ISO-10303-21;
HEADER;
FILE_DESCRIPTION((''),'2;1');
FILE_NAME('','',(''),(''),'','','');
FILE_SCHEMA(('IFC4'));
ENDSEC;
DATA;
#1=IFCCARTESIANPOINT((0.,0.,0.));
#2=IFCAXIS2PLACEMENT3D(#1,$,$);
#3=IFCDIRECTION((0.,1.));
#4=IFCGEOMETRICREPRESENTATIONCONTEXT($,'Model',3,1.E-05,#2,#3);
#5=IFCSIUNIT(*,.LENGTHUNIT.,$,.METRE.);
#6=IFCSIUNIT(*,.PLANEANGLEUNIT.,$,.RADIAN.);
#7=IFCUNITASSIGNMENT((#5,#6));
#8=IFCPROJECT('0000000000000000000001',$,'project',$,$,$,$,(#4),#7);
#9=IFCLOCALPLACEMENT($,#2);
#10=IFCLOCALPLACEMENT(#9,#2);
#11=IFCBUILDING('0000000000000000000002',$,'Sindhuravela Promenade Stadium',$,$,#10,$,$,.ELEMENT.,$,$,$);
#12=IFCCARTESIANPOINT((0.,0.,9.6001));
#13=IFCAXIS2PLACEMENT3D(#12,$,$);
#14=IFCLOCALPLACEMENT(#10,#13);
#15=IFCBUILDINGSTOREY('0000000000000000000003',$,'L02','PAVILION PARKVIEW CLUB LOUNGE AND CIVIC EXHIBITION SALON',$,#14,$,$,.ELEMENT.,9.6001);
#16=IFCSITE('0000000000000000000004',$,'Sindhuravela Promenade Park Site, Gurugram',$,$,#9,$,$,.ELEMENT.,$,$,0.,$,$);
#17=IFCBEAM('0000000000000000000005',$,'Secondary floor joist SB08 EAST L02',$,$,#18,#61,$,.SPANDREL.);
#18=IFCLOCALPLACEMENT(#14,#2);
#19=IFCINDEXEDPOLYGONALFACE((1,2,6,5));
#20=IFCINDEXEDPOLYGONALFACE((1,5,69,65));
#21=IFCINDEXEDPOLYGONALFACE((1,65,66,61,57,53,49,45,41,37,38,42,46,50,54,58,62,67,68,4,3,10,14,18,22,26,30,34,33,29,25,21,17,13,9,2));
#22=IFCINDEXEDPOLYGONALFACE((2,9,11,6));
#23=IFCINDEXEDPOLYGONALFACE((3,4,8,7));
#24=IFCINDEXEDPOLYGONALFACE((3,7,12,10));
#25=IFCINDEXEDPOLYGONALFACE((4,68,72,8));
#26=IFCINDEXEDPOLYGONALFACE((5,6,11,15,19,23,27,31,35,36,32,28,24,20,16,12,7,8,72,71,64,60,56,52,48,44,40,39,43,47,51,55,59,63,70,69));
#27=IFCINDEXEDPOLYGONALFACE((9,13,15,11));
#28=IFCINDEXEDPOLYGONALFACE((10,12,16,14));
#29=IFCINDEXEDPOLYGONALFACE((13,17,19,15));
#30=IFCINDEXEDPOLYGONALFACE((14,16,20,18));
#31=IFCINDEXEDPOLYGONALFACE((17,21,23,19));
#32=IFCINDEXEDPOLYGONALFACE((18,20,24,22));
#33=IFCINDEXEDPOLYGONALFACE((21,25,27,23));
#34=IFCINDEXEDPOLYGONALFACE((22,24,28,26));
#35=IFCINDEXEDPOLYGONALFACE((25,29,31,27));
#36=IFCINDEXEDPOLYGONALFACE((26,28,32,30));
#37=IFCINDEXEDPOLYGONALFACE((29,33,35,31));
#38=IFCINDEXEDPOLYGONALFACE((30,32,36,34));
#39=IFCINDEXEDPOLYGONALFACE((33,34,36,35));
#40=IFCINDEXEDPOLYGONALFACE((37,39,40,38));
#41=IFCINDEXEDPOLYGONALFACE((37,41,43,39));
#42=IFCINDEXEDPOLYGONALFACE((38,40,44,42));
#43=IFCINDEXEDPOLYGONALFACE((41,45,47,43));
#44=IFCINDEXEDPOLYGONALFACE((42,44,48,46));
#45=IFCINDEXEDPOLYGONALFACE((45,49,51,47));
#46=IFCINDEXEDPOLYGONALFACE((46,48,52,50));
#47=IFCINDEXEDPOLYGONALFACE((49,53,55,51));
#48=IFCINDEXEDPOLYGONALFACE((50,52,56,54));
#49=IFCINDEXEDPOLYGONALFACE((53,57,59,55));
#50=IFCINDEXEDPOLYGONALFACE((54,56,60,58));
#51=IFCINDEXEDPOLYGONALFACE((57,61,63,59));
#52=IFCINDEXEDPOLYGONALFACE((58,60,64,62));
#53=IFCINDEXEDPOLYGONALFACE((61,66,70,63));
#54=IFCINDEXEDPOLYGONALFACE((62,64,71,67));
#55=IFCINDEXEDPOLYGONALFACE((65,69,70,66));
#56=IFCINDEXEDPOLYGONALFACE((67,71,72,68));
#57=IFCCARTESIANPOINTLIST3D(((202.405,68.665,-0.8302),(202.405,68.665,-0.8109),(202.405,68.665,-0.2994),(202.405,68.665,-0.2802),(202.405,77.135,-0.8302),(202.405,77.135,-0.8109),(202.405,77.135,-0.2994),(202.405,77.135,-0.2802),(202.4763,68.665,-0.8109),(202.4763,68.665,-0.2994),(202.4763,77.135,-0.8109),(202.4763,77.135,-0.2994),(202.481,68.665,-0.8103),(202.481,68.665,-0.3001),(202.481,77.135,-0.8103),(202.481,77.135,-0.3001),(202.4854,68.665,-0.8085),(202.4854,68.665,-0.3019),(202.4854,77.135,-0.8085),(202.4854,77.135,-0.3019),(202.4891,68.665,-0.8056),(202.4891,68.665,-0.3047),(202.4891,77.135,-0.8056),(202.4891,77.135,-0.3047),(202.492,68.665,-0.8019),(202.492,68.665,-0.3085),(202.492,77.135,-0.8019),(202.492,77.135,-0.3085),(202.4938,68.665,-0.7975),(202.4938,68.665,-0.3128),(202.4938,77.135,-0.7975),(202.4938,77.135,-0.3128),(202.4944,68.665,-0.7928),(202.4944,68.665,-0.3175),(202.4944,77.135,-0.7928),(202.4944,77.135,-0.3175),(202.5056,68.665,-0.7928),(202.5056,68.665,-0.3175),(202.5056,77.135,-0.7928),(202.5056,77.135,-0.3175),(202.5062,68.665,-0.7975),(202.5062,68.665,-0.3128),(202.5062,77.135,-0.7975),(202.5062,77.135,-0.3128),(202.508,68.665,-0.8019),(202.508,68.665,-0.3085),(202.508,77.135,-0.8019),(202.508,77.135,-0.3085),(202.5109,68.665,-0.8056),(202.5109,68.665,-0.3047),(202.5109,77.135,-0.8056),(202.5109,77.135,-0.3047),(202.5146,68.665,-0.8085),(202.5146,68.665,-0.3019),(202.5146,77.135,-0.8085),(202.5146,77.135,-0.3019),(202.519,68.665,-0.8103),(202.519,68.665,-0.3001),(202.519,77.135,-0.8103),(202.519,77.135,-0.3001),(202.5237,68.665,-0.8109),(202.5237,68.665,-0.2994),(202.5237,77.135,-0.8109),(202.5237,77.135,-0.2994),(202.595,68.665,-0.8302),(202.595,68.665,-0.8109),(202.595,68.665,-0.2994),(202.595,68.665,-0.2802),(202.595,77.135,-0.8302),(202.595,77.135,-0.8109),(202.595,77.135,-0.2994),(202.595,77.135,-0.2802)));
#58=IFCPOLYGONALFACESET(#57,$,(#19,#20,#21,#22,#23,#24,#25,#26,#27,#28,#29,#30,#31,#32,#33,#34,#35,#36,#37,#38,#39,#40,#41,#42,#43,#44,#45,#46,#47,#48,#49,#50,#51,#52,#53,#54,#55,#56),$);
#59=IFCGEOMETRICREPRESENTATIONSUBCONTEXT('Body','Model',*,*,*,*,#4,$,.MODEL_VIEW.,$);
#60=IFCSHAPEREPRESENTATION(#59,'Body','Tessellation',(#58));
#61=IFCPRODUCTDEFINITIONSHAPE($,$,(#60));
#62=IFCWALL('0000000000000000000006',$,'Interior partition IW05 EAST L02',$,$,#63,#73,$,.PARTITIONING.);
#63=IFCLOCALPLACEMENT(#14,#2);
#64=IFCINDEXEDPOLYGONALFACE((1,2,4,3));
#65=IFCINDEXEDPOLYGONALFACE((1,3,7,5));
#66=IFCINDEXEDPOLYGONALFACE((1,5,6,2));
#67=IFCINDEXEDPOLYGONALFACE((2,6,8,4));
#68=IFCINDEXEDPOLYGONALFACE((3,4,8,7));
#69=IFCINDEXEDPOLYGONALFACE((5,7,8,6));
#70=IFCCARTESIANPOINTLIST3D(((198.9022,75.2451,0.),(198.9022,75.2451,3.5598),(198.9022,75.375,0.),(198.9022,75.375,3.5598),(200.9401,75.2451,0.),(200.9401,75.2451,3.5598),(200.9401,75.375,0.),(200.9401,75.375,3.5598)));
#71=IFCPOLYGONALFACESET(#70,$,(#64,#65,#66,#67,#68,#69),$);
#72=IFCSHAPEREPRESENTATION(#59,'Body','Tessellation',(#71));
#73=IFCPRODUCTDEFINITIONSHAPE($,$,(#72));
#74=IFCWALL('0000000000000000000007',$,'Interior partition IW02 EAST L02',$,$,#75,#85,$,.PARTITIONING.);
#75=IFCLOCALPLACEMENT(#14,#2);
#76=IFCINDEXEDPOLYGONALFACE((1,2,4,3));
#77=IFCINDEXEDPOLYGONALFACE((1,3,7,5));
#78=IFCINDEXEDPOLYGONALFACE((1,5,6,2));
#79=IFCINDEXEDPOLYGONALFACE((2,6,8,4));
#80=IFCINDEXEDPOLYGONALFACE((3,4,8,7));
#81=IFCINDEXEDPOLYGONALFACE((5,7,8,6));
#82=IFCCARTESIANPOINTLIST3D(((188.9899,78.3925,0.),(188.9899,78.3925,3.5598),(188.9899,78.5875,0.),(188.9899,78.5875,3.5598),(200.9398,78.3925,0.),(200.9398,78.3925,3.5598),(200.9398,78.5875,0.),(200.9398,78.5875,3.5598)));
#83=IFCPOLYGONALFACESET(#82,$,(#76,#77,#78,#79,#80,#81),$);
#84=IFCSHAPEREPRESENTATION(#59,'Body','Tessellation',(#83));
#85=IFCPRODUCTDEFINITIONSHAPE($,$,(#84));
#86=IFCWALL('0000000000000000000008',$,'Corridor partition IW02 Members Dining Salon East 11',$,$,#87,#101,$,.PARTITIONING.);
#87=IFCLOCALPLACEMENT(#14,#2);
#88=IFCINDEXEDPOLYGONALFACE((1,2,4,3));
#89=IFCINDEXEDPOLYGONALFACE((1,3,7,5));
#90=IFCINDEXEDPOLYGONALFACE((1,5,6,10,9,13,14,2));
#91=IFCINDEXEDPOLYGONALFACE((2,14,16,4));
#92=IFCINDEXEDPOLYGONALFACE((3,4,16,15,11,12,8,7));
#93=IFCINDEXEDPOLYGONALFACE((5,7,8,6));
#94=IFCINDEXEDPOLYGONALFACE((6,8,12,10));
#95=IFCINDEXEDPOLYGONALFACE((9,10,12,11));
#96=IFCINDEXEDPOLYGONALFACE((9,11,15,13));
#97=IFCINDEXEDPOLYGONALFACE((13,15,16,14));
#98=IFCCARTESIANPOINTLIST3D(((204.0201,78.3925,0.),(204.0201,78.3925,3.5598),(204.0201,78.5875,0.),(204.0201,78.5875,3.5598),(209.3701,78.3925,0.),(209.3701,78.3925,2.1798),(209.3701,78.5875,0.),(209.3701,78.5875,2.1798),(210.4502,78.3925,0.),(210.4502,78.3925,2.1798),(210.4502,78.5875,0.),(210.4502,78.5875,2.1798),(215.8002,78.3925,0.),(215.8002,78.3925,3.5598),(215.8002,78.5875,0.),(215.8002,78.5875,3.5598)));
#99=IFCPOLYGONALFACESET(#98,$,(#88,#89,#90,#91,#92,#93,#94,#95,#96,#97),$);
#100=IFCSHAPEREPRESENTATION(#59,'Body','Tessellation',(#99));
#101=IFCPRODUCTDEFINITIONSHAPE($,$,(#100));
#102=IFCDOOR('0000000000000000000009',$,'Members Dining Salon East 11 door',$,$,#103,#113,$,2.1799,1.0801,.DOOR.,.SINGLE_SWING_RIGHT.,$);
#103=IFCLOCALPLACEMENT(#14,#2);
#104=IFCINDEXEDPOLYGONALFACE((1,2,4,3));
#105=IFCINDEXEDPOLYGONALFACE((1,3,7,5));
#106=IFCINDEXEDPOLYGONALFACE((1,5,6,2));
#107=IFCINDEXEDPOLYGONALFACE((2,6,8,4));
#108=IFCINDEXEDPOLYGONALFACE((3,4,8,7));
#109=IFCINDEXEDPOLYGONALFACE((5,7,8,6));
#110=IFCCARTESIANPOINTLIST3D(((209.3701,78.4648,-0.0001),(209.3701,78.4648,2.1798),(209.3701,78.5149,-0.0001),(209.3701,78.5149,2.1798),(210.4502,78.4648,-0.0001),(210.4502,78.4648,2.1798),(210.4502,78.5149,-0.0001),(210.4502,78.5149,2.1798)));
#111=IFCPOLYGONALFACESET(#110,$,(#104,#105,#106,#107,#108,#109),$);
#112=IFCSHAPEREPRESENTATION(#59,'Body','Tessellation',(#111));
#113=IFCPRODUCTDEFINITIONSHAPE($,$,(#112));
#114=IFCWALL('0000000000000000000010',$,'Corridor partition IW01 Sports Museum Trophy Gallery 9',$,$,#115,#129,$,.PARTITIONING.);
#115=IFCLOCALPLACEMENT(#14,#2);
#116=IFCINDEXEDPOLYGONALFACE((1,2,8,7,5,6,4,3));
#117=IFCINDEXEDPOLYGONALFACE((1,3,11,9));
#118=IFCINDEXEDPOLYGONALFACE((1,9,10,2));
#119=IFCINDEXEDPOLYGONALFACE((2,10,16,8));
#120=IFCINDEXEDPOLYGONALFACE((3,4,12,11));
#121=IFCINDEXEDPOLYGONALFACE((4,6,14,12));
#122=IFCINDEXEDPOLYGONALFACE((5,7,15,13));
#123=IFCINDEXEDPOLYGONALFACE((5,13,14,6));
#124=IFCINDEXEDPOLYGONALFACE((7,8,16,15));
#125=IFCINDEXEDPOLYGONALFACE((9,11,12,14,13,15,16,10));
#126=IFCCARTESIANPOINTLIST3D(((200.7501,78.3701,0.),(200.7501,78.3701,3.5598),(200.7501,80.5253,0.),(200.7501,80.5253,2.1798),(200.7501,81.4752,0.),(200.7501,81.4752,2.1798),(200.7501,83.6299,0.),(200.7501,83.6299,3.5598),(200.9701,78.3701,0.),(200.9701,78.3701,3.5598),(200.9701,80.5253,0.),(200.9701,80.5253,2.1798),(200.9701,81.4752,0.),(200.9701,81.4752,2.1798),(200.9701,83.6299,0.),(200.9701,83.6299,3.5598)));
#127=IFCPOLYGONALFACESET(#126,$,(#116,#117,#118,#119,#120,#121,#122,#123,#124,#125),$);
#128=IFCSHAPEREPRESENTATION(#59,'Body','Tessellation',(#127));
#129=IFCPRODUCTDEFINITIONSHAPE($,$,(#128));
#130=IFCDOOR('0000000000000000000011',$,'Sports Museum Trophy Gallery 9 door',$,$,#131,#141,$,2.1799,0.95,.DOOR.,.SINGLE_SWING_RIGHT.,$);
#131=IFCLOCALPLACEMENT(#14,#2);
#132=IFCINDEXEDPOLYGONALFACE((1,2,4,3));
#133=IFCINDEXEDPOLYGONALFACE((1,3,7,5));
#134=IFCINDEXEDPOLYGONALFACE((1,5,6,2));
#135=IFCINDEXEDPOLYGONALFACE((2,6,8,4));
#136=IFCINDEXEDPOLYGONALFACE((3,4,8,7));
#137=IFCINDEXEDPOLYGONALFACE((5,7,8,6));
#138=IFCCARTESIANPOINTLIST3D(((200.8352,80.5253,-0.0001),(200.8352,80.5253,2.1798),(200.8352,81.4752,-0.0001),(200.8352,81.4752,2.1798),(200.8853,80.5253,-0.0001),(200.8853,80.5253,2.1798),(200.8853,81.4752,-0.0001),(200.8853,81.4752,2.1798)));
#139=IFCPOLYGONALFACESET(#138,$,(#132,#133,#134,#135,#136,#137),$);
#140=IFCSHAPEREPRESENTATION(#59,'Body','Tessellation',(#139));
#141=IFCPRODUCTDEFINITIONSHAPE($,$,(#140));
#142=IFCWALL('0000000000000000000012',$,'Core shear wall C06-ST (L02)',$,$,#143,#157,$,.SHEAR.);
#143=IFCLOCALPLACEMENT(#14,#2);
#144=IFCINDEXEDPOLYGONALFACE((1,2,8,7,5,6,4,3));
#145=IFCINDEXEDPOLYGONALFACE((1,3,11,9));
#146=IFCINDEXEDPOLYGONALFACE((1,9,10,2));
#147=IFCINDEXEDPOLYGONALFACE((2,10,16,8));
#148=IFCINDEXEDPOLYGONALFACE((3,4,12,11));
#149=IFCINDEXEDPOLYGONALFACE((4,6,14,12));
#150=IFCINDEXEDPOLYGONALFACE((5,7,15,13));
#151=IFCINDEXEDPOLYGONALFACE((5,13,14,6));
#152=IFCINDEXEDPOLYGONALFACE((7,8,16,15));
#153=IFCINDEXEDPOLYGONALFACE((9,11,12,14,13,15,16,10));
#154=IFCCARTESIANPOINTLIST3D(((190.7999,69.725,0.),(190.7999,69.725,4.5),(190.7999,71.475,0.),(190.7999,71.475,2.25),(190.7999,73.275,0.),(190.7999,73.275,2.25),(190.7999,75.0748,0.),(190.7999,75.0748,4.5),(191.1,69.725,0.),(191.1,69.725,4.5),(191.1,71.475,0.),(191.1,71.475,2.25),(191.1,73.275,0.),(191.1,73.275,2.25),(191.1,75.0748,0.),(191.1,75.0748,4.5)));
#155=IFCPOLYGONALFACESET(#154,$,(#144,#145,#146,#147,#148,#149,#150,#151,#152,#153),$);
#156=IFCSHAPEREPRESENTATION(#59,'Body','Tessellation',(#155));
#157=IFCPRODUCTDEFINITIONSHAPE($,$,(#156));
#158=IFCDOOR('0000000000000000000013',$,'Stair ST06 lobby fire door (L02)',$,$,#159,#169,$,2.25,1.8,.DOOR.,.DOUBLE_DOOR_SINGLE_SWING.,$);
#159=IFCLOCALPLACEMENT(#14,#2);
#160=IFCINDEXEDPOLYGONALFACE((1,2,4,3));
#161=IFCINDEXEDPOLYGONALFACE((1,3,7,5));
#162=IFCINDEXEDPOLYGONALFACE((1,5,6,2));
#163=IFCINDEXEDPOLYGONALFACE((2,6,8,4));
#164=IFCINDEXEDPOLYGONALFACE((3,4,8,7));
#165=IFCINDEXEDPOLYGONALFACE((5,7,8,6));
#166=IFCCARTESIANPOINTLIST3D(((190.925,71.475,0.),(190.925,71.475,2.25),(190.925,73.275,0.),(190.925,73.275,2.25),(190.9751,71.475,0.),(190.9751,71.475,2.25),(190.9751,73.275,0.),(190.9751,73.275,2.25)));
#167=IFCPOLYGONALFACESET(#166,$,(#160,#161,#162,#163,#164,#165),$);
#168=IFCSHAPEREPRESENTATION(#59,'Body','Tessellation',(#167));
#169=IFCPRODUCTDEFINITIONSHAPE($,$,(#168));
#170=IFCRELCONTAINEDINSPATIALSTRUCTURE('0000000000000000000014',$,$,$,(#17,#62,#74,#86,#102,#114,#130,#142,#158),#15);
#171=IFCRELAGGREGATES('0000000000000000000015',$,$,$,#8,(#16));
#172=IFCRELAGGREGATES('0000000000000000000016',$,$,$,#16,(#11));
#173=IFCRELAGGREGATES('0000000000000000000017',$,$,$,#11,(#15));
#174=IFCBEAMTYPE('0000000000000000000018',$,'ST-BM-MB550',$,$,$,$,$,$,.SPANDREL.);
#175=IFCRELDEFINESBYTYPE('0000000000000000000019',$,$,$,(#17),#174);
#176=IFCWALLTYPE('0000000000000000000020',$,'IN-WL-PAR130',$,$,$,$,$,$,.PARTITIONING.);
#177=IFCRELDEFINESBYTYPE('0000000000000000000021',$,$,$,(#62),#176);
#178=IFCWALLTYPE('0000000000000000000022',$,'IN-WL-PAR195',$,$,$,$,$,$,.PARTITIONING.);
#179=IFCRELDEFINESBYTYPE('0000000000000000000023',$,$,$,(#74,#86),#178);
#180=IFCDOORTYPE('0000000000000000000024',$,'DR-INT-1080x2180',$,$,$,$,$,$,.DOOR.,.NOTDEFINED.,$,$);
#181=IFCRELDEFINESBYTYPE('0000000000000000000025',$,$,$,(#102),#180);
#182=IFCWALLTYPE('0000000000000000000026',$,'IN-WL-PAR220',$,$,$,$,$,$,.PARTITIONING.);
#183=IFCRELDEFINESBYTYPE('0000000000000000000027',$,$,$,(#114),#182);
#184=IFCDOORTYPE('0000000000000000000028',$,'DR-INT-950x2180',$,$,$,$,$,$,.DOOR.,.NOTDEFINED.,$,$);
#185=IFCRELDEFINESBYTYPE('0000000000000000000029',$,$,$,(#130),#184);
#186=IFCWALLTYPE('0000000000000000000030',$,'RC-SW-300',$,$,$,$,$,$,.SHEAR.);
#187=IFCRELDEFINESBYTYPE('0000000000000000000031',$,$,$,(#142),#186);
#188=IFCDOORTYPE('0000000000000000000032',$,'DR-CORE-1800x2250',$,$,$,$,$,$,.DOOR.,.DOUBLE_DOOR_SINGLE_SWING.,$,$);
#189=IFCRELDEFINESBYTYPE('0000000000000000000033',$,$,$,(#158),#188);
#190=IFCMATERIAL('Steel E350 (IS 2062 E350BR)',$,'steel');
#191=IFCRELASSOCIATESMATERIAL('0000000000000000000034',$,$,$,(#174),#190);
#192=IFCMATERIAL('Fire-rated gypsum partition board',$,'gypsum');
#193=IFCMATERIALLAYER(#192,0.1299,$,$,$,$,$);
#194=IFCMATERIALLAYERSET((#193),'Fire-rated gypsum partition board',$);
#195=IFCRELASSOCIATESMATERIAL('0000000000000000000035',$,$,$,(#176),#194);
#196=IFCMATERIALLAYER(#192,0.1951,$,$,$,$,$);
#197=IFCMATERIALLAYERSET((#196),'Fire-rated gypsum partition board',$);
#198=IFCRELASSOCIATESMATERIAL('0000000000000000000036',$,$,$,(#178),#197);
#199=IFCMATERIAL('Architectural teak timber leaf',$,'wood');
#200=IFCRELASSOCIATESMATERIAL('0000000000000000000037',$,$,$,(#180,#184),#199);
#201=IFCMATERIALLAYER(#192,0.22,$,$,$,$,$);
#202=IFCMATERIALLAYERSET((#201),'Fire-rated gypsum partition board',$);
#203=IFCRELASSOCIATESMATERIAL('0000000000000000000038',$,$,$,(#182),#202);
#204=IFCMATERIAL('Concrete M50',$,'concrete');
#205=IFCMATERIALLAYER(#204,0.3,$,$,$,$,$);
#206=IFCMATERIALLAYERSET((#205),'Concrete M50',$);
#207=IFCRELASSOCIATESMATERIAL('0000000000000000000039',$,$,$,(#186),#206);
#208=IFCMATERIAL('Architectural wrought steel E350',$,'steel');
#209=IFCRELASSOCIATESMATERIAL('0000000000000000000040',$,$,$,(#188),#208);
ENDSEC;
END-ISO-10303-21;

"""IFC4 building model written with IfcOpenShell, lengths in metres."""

from ifc_helpers import new_model, si_unit, direction, frame, frame_2d, origin, origin_2d, place, context, subcontext, project, spatial, rectangle, i_section, extrude, material, layer, layer_set, material_profile, profile_set, type_object, element, fill, save


model = new_model("IFC4")

# Units and contexts
model_context = context("Model", 3, precision=1e-05, world=origin(), true_north=direction((0.0, 1.0)))
body_context = subcontext(model_context, "Body", "Model", "MODEL_VIEW")
ifc_project = project(units=[si_unit("LENGTHUNIT", "METRE"), si_unit("PLANEANGLEUNIT", "RADIAN")], contexts=[model_context])

# Site, building, storey
site_placement = place(None, origin())
site = spatial("IfcSite", under=ifc_project, at=site_placement, Name="Sindhuravela Promenade Park Site, Gurugram", CompositionType="ELEMENT", RefElevation=0.0)
building_placement = place(site_placement, origin())
building = spatial("IfcBuilding", under=site, at=building_placement, Name="Sindhuravela Promenade Stadium", CompositionType="ELEMENT")
storey_placement = place(building_placement, frame((0.0, 0.0, 9.6001)))
storey = spatial("IfcBuildingStorey", under=building, at=storey_placement, Name="L02", Description="PAVILION PARKVIEW CLUB LOUNGE AND CIVIC EXHIBITION SALON", CompositionType="ELEMENT", Elevation=9.6001)

# Beam
ifc_material_1 = material(Name="Steel E350 (IS 2062 E350BR)", Category="steel")
ifc_material_profile_1 = material_profile(ifc_material_1, i_section(OverallWidth=0.1899, OverallDepth=0.55, WebThickness=0.0112, FlangeThickness=0.0193, FilletRadius=0.0181, at=origin_2d()), Name="ISMB 550")
ifc_profile_set_1 = profile_set([ifc_material_profile_1], Name="Steel E350 (IS 2062 E350BR)")
beam_type_1 = type_object("IfcBeamType", Name="ST-BM-MB550", PredefinedType="SPANDREL", material=ifc_profile_set_1)
beam_1_placement = place(storey_placement, frame((202.5, 68.665, -0.5552), z_axis=(0.0, 1.0, 0.0), x_axis=(-1.0, 0.0, 0.0)))
element("IfcBeam", 1, at=beam_1_placement, inside=storey, type_object=beam_type_1, Name="Secondary floor joist SB08 EAST L02", PredefinedType="SPANDREL", context=body_context, shape_type="SweptSolid", body=[
    extrude(i_section(OverallWidth=0.1899, OverallDepth=0.55, WebThickness=0.0112, FlangeThickness=0.0193, FilletRadius=0.0181, at=origin_2d()), origin(), (0.0, 0.0, 1.0), 8.47),
])

# Walls
ifc_material_2 = material(Name="Fire-rated gypsum partition board", Category="gypsum")
ifc_layer_1 = layer(ifc_material_2, 0.1299)
ifc_layer_set_1 = layer_set([ifc_layer_1], Name="Fire-rated gypsum partition board")
wall_type_1 = type_object("IfcWallType", Name="IN-WL-PAR130", PredefinedType="PARTITIONING", material=ifc_layer_set_1)
wall_1_placement = place(storey_placement, frame((198.9021, 75.3101, 0.0), z_axis=(0.0, 0.0, 1.0), x_axis=(1.0, 0.0, 0.0)))
element("IfcWall", 2, at=wall_1_placement, inside=storey, type_object=wall_type_1, Name="Interior partition IW05 EAST L02", PredefinedType="PARTITIONING", context=body_context, shape_type="SweptSolid", body=[
    extrude(rectangle(XDim=2.0378, YDim=0.1299, at=frame_2d((1.019, 0.0))), origin(), (0.0, 0.0, 1.0), 3.5598),
])
ifc_layer_2 = layer(ifc_material_2, 0.1951)
ifc_layer_set_2 = layer_set([ifc_layer_2], Name="Fire-rated gypsum partition board")
wall_type_2 = type_object("IfcWallType", Name="IN-WL-PAR195", PredefinedType="PARTITIONING", material=ifc_layer_set_2)
wall_2_placement = place(storey_placement, frame((200.9399, 78.49, 0.0), z_axis=(0.0, 0.0, 1.0), x_axis=(-1.0, 0.0, 0.0)))
element("IfcWall", 3, at=wall_2_placement, inside=storey, type_object=wall_type_2, Name="Interior partition IW02 EAST L02", PredefinedType="PARTITIONING", context=body_context, shape_type="SweptSolid", body=[
    extrude(rectangle(XDim=11.95, YDim=0.1951, at=frame_2d((5.9751, 0.0))), origin(), (0.0, 0.0, 1.0), 3.5598),
])

# Walls, openings, doors
wall_3_placement = place(storey_placement, frame((204.02, 78.49, 0.0), z_axis=(0.0, 0.0, 1.0), x_axis=(1.0, 0.0, 0.0)))
wall_3 = element("IfcWall", 4, at=wall_3_placement, inside=storey, type_object=wall_type_2, Name="Corridor partition IW02 Members Dining Salon East 11", PredefinedType="PARTITIONING", context=body_context, shape_type="SweptSolid", body=[
    extrude(rectangle(XDim=11.78, YDim=0.1951, at=frame_2d((5.8901, 0.0))), origin(), (0.0, 0.0, 1.0), 3.5598),
])
opening_1_placement = place(wall_3_placement, frame((5.3501, 0.0, 0.0)))
opening_1 = element("IfcOpeningElement", 5, at=opening_1_placement, cuts=wall_3, PredefinedType="OPENING", context=body_context, shape_type="SweptSolid", body=[
    extrude(rectangle(XDim=1.0801, YDim=2.1799, at=frame_2d((0.54, 1.0898))), frame((0.0, 0.1074, 0.0), z_axis=(0.0, -1.0, 0.0), x_axis=(1.0, 0.0, 0.0)), (0.0, 0.0, 1.0), 0.2151),
])
ifc_material_3 = material(Name="Architectural teak timber leaf", Category="wood")
door_type_1 = type_object("IfcDoorType", Name="DR-INT-1080x2180", OperationType="NOTDEFINED", PredefinedType="DOOR", material=ifc_material_3)
door_1_placement = place(opening_1_placement, origin())
door_1 = element("IfcDoor", 6, at=door_1_placement, inside=storey, type_object=door_type_1, Name="Members Dining Salon East 11 door", OperationType="SINGLE_SWING_RIGHT", OverallHeight=2.1799, OverallWidth=1.0801, PredefinedType="DOOR", context=body_context, shape_type="SweptSolid", body=[
    extrude(rectangle(XDim=1.0801, YDim=2.1799, at=frame_2d((0.54, 1.0898))), frame((0.0, 0.0249, 0.0), z_axis=(0.0, -1.0, 0.0), x_axis=(1.0, 0.0, 0.0)), (0.0, 0.0, 1.0), 0.05),
])
fill(opening_1, door_1)
ifc_layer_3 = layer(ifc_material_2, 0.22)
ifc_layer_set_3 = layer_set([ifc_layer_3], Name="Fire-rated gypsum partition board")
wall_type_3 = type_object("IfcWallType", Name="IN-WL-PAR220", PredefinedType="PARTITIONING", material=ifc_layer_set_3)
wall_4_placement = place(storey_placement, frame((200.8601, 78.3701, 0.0), z_axis=(0.0, 0.0, 1.0), x_axis=(0.0, 1.0, 0.0)))
wall_4 = element("IfcWall", 7, at=wall_4_placement, inside=storey, type_object=wall_type_3, Name="Corridor partition IW01 Sports Museum Trophy Gallery 9", PredefinedType="PARTITIONING", context=body_context, shape_type="SweptSolid", body=[
    extrude(rectangle(XDim=5.2598, YDim=0.22, at=frame_2d((2.6299, 0.0))), origin(), (0.0, 0.0, 1.0), 3.5598),
])
opening_2_placement = place(wall_4_placement, frame((2.155, 0.0, 0.0)))
opening_2 = element("IfcOpeningElement", 8, at=opening_2_placement, cuts=wall_4, PredefinedType="OPENING", context=body_context, shape_type="SweptSolid", body=[
    extrude(rectangle(XDim=0.95, YDim=2.1799, at=frame_2d((0.4751, 1.0898))), frame((0.0, 0.1199, 0.0), z_axis=(0.0, -1.0, 0.0), x_axis=(1.0, 0.0, 0.0)), (0.0, 0.0, 1.0), 0.24),
])
door_type_2 = type_object("IfcDoorType", Name="DR-INT-950x2180", OperationType="NOTDEFINED", PredefinedType="DOOR", material=ifc_material_3)
door_2_placement = place(opening_2_placement, origin())
door_2 = element("IfcDoor", 9, at=door_2_placement, inside=storey, type_object=door_type_2, Name="Sports Museum Trophy Gallery 9 door", OperationType="SINGLE_SWING_RIGHT", OverallHeight=2.1799, OverallWidth=0.95, PredefinedType="DOOR", context=body_context, shape_type="SweptSolid", body=[
    extrude(rectangle(XDim=0.95, YDim=2.1799, at=frame_2d((0.4751, 1.0898))), frame((0.0, 0.0249, 0.0), z_axis=(0.0, -1.0, 0.0), x_axis=(1.0, 0.0, 0.0)), (0.0, 0.0, 1.0), 0.05),
])
fill(opening_2, door_2)
ifc_material_4 = material(Name="Concrete M50", Category="concrete")
ifc_layer_4 = layer(ifc_material_4, 0.3)
ifc_layer_set_4 = layer_set([ifc_layer_4], Name="Concrete M50")
wall_type_4 = type_object("IfcWallType", Name="RC-SW-300", PredefinedType="SHEAR", material=ifc_layer_set_4)
wall_5_placement = place(storey_placement, frame((190.95, 69.7251, 0.0), z_axis=(0.0, 0.0, 1.0), x_axis=(0.0, 1.0, 0.0)))
wall_5 = element("IfcWall", 10, at=wall_5_placement, inside=storey, type_object=wall_type_4, Name="Core shear wall C06-ST (L02)", PredefinedType="SHEAR", context=body_context, shape_type="SweptSolid", body=[
    extrude(rectangle(XDim=5.3499, YDim=0.3, at=frame_2d((2.6748, 0.0))), origin(), (0.0, 0.0, 1.0), 4.5),
])
opening_3_placement = place(wall_5_placement, frame((1.75, 0.0, 0.0)))
opening_3 = element("IfcOpeningElement", 11, at=opening_3_placement, cuts=wall_5, PredefinedType="OPENING", context=body_context, shape_type="SweptSolid", body=[
    extrude(rectangle(XDim=1.8, YDim=2.25, at=frame_2d((0.8999, 1.125))), frame((0.0, 0.1599, 0.0), z_axis=(0.0, -1.0, 0.0), x_axis=(1.0, 0.0, 0.0)), (0.0, 0.0, 1.0), 0.3201),
])
ifc_material_5 = material(Name="Architectural wrought steel E350", Category="steel")
door_type_3 = type_object("IfcDoorType", Name="DR-CORE-1800x2250", OperationType="DOUBLE_DOOR_SINGLE_SWING", PredefinedType="DOOR", material=ifc_material_5)
door_3_placement = place(opening_3_placement, origin())
door_3 = element("IfcDoor", 12, at=door_3_placement, inside=storey, type_object=door_type_3, Name="Stair ST06 lobby fire door (L02)", OperationType="DOUBLE_DOOR_SINGLE_SWING", OverallHeight=2.25, OverallWidth=1.8, PredefinedType="DOOR", context=body_context, shape_type="SweptSolid", body=[
    extrude(rectangle(XDim=1.8, YDim=2.25, at=frame_2d((0.8999, 1.125))), frame((0.0, 0.0249, 0.0), z_axis=(0.0, -1.0, 0.0), x_axis=(1.0, 0.0, 0.0)), (0.0, 0.0, 1.0), 0.05),
])
fill(opening_3, door_3)

save(model, "model.ifc")
